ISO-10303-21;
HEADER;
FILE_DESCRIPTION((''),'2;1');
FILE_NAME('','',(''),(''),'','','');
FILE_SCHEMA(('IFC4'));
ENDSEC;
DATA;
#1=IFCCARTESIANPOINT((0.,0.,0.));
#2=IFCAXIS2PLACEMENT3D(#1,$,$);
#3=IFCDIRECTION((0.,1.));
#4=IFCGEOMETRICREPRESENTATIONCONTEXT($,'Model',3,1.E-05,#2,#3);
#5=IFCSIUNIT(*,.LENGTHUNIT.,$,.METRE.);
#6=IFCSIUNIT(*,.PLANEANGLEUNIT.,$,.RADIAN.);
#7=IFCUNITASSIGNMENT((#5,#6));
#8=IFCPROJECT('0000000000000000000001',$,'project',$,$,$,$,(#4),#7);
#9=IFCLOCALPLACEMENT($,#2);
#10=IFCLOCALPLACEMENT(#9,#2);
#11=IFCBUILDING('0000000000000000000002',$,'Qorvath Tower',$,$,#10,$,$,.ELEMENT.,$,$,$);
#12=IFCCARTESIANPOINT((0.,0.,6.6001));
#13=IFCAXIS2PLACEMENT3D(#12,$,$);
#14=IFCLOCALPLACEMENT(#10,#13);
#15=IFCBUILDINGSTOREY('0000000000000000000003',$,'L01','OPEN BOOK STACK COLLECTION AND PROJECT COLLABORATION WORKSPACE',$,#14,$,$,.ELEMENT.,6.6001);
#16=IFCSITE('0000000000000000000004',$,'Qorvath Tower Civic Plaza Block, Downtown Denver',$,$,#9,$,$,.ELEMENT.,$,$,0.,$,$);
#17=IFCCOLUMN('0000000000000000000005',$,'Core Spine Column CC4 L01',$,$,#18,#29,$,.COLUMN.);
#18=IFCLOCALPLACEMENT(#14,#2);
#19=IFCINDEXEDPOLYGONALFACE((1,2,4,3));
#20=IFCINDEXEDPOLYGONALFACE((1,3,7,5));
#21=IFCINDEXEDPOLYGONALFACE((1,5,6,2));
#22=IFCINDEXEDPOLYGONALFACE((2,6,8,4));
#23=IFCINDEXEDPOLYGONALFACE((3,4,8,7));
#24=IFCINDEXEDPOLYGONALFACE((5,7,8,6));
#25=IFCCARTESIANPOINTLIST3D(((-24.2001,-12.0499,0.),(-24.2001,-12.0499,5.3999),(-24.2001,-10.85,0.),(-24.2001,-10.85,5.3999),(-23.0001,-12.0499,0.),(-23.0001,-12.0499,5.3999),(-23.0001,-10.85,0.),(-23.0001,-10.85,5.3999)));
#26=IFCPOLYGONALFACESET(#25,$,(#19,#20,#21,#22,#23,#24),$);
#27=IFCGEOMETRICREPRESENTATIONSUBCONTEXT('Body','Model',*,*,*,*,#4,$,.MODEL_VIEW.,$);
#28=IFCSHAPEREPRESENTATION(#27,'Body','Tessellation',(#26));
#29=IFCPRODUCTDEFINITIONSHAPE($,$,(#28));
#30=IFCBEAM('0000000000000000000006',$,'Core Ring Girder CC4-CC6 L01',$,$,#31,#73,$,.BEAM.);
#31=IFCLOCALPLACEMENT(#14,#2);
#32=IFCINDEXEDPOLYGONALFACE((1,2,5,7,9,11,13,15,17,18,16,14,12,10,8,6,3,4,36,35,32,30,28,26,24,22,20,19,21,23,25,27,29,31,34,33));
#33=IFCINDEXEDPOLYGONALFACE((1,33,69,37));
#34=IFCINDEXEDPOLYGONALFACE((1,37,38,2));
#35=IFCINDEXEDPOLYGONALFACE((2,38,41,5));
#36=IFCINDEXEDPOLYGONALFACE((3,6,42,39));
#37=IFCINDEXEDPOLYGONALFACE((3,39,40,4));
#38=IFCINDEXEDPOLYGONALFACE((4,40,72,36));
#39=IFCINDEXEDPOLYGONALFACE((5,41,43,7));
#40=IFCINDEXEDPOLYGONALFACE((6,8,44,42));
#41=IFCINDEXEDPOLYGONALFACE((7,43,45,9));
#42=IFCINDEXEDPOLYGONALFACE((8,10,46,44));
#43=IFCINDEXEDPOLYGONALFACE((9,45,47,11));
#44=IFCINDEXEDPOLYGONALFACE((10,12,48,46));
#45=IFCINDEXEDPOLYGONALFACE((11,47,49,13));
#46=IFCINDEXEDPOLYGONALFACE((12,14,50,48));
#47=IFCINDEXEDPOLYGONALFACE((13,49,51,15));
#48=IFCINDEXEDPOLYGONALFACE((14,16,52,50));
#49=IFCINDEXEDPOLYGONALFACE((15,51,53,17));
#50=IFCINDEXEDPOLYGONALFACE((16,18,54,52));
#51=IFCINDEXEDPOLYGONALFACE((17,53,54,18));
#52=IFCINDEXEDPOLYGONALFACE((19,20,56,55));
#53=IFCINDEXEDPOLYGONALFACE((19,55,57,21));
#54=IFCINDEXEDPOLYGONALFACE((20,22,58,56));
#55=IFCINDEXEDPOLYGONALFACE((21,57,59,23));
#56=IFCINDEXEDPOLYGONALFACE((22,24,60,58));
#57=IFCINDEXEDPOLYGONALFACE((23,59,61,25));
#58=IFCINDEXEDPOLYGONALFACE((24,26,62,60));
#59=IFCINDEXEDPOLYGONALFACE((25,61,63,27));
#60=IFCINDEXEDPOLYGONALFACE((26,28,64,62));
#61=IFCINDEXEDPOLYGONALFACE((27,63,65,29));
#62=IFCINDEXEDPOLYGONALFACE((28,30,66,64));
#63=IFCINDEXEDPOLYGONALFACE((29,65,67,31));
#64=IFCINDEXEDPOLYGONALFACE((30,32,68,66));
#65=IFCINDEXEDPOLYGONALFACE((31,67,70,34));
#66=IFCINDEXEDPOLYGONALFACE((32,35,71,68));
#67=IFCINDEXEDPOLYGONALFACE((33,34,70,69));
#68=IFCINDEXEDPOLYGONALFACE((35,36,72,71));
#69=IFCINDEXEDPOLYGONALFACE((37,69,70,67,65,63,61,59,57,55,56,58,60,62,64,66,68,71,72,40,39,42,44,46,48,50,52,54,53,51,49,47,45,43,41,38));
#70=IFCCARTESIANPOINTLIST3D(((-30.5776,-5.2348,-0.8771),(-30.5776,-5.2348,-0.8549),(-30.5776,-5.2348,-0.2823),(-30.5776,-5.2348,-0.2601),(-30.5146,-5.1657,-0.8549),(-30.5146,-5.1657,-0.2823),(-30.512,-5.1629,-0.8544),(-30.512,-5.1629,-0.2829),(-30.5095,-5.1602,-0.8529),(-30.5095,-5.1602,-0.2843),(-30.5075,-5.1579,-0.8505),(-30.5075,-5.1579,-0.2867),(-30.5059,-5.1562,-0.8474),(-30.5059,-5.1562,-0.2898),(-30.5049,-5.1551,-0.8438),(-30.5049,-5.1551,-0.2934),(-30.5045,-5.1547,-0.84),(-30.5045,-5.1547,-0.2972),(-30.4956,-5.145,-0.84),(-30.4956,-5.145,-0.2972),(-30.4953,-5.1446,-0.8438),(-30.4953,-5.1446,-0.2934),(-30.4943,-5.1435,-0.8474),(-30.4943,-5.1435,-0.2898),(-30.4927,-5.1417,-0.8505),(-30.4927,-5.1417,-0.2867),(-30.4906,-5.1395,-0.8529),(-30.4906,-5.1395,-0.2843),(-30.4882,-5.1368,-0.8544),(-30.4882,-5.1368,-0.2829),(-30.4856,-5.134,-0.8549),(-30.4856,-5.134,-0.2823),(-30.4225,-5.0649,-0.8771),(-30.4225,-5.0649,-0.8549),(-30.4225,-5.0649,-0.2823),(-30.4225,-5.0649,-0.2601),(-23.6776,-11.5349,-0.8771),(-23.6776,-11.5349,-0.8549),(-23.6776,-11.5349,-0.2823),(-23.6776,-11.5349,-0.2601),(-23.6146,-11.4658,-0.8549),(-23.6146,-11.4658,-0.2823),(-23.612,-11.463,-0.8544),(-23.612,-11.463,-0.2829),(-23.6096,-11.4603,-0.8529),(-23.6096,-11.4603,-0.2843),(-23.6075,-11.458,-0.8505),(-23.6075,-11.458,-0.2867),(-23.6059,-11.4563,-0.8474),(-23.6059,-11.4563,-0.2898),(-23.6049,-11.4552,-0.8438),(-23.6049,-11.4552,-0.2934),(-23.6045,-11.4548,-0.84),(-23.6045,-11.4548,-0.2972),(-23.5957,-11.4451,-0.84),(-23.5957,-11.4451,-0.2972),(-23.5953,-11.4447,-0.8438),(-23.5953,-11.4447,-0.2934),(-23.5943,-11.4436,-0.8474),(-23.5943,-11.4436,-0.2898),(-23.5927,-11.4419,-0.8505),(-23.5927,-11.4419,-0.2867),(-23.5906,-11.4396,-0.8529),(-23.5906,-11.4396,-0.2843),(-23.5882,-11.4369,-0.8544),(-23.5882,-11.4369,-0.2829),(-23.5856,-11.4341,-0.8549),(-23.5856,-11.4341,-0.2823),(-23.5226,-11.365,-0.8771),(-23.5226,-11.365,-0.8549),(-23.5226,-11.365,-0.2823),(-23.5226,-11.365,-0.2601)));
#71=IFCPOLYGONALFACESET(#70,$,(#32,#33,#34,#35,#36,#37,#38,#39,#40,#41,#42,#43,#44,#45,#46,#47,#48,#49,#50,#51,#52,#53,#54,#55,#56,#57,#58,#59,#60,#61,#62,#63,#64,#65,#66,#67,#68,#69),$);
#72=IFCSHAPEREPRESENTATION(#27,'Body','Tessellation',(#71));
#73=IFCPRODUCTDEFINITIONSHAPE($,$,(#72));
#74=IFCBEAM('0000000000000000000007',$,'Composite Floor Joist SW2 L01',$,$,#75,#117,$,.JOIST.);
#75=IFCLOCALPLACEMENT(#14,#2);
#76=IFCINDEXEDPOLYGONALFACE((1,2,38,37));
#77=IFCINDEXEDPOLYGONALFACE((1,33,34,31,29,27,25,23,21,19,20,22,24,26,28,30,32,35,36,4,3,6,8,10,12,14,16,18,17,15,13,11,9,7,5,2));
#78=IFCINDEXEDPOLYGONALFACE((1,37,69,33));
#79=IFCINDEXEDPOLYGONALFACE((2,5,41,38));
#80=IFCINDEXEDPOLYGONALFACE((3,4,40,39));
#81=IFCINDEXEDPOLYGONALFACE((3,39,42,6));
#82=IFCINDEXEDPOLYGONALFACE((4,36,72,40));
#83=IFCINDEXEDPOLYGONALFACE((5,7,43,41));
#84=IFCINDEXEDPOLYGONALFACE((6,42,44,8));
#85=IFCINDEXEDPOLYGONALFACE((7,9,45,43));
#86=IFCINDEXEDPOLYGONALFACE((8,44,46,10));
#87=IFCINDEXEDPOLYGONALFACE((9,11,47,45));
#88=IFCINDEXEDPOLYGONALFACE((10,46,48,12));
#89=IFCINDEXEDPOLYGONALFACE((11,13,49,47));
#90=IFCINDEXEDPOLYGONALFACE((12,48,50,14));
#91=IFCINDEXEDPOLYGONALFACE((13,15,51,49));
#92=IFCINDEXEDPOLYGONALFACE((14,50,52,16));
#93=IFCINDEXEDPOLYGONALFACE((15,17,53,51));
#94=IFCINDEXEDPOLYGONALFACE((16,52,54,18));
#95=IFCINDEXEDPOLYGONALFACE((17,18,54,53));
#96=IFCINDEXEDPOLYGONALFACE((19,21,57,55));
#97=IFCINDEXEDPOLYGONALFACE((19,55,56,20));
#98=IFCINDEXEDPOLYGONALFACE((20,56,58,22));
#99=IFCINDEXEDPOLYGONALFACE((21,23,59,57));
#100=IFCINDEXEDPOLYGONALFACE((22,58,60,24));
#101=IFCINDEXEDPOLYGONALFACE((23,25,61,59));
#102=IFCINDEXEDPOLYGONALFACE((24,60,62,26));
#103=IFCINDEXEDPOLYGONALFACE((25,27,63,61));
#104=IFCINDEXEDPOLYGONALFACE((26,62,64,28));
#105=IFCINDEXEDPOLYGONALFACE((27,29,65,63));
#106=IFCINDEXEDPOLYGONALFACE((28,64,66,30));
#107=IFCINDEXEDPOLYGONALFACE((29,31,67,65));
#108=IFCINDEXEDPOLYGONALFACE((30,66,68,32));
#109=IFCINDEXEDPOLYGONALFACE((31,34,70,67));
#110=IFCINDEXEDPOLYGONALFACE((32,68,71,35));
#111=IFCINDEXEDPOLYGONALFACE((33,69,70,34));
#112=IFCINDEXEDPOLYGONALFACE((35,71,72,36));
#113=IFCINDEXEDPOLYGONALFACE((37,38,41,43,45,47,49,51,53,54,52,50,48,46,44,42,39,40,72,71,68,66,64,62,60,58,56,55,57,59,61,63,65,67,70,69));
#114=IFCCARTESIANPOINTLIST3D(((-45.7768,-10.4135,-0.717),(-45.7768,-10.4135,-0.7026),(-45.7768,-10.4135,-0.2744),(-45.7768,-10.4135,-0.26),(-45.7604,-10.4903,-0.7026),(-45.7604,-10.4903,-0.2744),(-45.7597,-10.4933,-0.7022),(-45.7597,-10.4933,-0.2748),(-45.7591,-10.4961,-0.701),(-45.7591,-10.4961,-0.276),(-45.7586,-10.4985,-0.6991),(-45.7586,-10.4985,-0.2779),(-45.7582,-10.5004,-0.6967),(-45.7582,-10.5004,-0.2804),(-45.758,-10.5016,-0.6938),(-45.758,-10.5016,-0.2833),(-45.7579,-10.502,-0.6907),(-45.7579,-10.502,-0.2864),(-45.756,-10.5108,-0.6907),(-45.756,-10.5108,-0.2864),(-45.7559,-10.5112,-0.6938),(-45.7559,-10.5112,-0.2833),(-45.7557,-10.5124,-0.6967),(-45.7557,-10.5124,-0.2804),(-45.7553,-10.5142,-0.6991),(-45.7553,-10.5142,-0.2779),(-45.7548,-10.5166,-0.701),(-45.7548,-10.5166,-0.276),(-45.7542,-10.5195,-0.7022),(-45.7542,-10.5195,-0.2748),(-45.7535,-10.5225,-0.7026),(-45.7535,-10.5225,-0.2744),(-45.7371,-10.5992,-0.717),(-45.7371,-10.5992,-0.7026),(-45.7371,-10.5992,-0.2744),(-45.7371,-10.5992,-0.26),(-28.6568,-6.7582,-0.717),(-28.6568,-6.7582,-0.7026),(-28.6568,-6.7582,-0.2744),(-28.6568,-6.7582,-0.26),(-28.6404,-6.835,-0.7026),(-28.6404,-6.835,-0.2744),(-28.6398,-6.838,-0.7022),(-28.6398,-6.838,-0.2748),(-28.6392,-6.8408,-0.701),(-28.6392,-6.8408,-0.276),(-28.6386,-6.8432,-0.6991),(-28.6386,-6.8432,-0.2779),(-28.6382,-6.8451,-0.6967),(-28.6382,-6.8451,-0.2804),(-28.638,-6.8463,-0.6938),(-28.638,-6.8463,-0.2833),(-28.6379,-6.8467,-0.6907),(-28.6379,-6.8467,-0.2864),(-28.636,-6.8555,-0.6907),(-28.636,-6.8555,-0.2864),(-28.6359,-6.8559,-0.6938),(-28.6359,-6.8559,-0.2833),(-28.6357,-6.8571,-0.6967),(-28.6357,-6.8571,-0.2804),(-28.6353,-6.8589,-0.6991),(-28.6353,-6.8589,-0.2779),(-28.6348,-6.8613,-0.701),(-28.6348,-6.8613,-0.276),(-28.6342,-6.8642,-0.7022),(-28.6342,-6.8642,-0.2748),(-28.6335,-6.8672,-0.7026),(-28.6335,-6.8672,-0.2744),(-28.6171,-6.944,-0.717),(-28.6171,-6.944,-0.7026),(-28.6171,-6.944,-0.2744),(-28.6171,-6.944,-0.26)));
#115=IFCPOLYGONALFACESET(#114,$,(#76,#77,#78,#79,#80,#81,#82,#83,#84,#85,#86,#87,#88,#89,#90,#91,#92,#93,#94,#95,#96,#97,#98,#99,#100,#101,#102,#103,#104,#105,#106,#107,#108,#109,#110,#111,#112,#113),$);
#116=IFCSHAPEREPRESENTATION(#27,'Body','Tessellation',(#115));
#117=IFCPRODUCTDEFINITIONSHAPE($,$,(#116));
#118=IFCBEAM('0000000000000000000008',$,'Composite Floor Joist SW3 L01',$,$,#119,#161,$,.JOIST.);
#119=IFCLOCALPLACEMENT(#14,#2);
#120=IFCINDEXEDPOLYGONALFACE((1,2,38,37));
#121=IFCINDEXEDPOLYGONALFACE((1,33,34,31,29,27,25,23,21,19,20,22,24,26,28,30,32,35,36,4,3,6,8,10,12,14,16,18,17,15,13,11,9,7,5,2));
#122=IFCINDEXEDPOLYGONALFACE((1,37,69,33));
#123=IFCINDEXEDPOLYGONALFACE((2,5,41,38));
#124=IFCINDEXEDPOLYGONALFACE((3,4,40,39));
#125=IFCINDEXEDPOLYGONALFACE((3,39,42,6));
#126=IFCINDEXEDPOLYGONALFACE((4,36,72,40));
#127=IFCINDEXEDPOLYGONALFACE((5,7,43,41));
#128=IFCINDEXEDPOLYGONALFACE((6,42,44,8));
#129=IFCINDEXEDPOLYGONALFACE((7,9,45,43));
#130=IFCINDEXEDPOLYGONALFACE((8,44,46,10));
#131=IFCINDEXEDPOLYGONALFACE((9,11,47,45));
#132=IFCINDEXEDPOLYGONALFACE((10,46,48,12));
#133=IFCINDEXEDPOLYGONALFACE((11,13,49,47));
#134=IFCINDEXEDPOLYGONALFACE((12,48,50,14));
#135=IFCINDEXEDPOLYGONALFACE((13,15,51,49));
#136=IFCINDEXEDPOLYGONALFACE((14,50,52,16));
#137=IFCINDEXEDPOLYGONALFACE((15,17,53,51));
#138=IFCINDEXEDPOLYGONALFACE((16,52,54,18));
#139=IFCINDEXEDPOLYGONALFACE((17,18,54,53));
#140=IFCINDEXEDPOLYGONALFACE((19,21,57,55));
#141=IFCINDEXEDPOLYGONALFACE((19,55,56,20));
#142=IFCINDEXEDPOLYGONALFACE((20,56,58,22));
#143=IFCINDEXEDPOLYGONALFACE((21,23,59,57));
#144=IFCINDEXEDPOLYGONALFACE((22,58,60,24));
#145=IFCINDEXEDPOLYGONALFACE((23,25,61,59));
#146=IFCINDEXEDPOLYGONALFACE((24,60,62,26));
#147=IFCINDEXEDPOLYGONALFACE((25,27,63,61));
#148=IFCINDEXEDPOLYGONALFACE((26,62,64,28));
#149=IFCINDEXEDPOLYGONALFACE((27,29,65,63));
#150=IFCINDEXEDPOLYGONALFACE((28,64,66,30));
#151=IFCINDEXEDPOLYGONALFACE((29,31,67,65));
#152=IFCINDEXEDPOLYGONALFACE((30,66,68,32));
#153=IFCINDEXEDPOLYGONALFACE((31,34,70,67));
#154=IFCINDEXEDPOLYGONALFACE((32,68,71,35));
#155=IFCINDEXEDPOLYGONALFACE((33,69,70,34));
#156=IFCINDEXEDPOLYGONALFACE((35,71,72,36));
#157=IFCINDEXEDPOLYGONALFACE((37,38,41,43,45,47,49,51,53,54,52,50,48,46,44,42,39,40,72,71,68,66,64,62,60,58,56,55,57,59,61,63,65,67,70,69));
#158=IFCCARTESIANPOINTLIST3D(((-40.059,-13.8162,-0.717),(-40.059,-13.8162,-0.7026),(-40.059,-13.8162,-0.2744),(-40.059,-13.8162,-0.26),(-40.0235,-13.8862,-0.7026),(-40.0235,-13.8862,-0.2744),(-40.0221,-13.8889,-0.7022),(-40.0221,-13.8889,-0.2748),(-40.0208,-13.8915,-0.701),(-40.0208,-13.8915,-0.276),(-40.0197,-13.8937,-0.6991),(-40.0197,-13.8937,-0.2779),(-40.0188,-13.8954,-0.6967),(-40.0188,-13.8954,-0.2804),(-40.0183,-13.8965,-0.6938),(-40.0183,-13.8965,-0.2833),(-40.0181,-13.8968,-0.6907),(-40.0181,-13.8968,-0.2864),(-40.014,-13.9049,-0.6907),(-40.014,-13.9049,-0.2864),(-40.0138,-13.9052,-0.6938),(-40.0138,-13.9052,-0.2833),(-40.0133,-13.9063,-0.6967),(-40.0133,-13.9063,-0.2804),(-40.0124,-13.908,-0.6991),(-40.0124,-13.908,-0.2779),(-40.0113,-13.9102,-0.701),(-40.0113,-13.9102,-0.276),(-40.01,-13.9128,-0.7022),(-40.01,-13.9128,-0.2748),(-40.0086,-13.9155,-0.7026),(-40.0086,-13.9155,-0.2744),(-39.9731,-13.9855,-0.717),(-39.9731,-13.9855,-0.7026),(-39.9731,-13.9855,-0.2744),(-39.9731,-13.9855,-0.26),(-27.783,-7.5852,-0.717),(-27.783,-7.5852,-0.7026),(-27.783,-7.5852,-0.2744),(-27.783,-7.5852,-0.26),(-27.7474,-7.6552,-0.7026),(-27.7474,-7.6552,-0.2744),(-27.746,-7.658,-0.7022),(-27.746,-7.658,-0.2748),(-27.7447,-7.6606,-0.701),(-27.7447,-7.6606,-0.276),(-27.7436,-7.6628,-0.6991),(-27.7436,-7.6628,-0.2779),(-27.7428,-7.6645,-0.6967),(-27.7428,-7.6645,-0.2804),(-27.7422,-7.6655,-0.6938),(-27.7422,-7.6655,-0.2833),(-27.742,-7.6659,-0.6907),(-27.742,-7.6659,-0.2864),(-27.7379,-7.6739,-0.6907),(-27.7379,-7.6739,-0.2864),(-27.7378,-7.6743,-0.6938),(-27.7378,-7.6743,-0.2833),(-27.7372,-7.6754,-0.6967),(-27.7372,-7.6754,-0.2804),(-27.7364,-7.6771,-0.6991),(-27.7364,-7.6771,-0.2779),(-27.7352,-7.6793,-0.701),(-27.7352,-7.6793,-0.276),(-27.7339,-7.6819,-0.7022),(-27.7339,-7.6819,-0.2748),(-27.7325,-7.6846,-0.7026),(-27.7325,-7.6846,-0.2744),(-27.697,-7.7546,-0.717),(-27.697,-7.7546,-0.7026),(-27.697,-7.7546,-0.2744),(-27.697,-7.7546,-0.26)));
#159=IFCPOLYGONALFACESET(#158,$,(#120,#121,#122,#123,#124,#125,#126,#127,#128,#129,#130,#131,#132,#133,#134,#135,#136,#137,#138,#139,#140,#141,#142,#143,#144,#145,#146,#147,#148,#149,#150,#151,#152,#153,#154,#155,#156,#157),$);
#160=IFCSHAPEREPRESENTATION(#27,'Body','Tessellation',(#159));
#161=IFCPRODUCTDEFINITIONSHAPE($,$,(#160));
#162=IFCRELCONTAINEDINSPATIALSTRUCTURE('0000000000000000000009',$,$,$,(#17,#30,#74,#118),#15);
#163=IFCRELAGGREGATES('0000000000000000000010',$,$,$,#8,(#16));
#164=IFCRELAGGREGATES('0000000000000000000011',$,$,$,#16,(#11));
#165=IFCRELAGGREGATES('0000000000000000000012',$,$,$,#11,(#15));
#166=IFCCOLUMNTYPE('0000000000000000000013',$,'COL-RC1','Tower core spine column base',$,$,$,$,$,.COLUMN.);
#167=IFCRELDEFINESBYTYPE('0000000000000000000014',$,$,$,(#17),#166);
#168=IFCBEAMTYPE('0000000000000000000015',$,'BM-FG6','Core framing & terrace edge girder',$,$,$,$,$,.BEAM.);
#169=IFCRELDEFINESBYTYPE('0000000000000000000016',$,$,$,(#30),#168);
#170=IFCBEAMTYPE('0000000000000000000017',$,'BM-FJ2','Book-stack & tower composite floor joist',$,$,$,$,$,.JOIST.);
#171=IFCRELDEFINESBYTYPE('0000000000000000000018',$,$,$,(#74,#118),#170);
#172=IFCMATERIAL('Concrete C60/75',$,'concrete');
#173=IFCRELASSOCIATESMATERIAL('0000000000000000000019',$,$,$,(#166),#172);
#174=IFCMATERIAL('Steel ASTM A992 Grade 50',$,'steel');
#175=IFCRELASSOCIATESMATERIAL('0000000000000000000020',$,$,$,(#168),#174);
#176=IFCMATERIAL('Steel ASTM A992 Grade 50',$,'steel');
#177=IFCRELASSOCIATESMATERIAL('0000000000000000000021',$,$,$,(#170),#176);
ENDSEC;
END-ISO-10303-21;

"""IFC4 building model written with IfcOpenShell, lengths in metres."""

from ifc_helpers import new_model, si_unit, direction, frame, origin, origin_2d, place, context, subcontext, project, spatial, rectangle, i_section, extrude, material, material_profile, profile_set, type_object, element, save


model = new_model("IFC4")

# Units and contexts
model_context = context("Model", 3, precision=1e-05, world=origin(), true_north=direction((0.0, 1.0)))
body_context = subcontext(model_context, "Body", "Model", "MODEL_VIEW")
ifc_project = project(units=[si_unit("LENGTHUNIT", "METRE"), si_unit("PLANEANGLEUNIT", "RADIAN")], contexts=[model_context])

# Site, building, storey
site_placement = place(None, origin())
site = spatial("IfcSite", under=ifc_project, at=site_placement, Name="Qorvath Tower Civic Plaza Block, Downtown Denver", CompositionType="ELEMENT", RefElevation=0.0)
building_placement = place(site_placement, origin())
building = spatial("IfcBuilding", under=site, at=building_placement, Name="Qorvath Tower", CompositionType="ELEMENT")
storey_placement = place(building_placement, frame((0.0, 0.0, 6.6001)))
storey = spatial("IfcBuildingStorey", under=building, at=storey_placement, Name="L01", Description="OPEN BOOK STACK COLLECTION AND PROJECT COLLABORATION WORKSPACE", CompositionType="ELEMENT", Elevation=6.6001)

# Column
ifc_material_1 = material(Name="Concrete C60/75", Category="concrete")
ifc_material_profile_1 = material_profile(ifc_material_1, rectangle(XDim=1.2, YDim=1.2, at=origin_2d()), Name="RC 1200x1200")
ifc_profile_set_1 = profile_set([ifc_material_profile_1], Name="Concrete C60/75")
column_type = type_object("IfcColumnType", Name="COL-RC1", Description="Tower core spine column base", PredefinedType="COLUMN", material=ifc_profile_set_1)
column_placement = place(storey_placement, frame((-23.6001, -11.45, 0.0), z_axis=(0.0, 0.0, 1.0), x_axis=(1.0, 0.0, 0.0)))
element("IfcColumn", 1, at=column_placement, inside=storey, type_object=column_type, Name="Core Spine Column CC4 L01", PredefinedType="COLUMN", context=body_context, shape_type="SweptSolid", body=[
    extrude(rectangle(XDim=1.2, YDim=1.2, at=origin_2d()), origin(), (0.0, 0.0, 1.0), 5.3999),
])

# Beams
ifc_material_2 = material(Name="Steel ASTM A992 Grade 50", Category="steel")
ifc_material_profile_2 = material_profile(ifc_material_2, i_section(OverallWidth=0.23, OverallDepth=0.6169, WebThickness=0.0132, FlangeThickness=0.0222, FilletRadius=0.0149, at=origin_2d()), Name="W24x94")
ifc_profile_set_2 = profile_set([ifc_material_profile_2], Name="Steel ASTM A992 Grade 50")
beam_type_1 = type_object("IfcBeamType", Name="BM-FG6", Description="Core framing & terrace edge girder", PredefinedType="BEAM", material=ifc_profile_set_2)
beam_1_placement = place(storey_placement, frame((-23.6001, -11.45, -0.5686), z_axis=(-0.738478, 0.674277, 0.0), x_axis=(-0.674277, -0.738478, 0.0)))
element("IfcBeam", 2, at=beam_1_placement, inside=storey, type_object=beam_type_1, Name="Core Ring Girder CC4-CC6 L01", PredefinedType="BEAM", context=body_context, shape_type="SweptSolid", body=[
    extrude(i_section(OverallWidth=0.23, OverallDepth=0.6169, WebThickness=0.0132, FlangeThickness=0.0222, FilletRadius=0.0149, at=origin_2d()), origin(), (0.0, 0.0, 1.0), 9.3435),
])
ifc_material_3 = material(Name="Steel ASTM A992 Grade 50", Category="steel")
ifc_material_profile_3 = material_profile(ifc_material_3, i_section(OverallWidth=0.1899, OverallDepth=0.457, WebThickness=0.009, FlangeThickness=0.0144, FilletRadius=0.012, at=origin_2d()), Name="W18x50")
ifc_profile_set_3 = profile_set([ifc_material_profile_3], Name="Steel ASTM A992 Grade 50")
beam_type_2 = type_object("IfcBeamType", Name="BM-FJ2", Description="Book-stack & tower composite floor joist", PredefinedType="JOIST", material=ifc_profile_set_3)
beam_2_placement = place(storey_placement, frame((-28.637, -6.8511, -0.4885), z_axis=(-0.977957, -0.208804, 0.0), x_axis=(0.208804, -0.977957, 0.0)))
element("IfcBeam", 3, at=beam_2_placement, inside=storey, type_object=beam_type_2, Name="Composite Floor Joist SW2 L01", PredefinedType="JOIST", context=body_context, shape_type="SweptSolid", body=[
    extrude(i_section(OverallWidth=0.1899, OverallDepth=0.457, WebThickness=0.009, FlangeThickness=0.0144, FilletRadius=0.012, at=origin_2d()), origin(), (0.0, 0.0, 1.0), 17.5059),
])
beam_3_placement = place(storey_placement, frame((-27.74, -7.6699, -0.4885), z_axis=(-0.891712, -0.452604, 0.0), x_axis=(0.452604, -0.891712, 0.0)))
element("IfcBeam", 4, at=beam_3_placement, inside=storey, type_object=beam_type_2, Name="Composite Floor Joist SW3 L01", PredefinedType="JOIST", context=body_context, shape_type="SweptSolid", body=[
    extrude(i_section(OverallWidth=0.1899, OverallDepth=0.457, WebThickness=0.009, FlangeThickness=0.0144, FilletRadius=0.012, at=origin_2d()), origin(), (0.0, 0.0, 1.0), 13.7668),
])

save(model, "model.ifc")
